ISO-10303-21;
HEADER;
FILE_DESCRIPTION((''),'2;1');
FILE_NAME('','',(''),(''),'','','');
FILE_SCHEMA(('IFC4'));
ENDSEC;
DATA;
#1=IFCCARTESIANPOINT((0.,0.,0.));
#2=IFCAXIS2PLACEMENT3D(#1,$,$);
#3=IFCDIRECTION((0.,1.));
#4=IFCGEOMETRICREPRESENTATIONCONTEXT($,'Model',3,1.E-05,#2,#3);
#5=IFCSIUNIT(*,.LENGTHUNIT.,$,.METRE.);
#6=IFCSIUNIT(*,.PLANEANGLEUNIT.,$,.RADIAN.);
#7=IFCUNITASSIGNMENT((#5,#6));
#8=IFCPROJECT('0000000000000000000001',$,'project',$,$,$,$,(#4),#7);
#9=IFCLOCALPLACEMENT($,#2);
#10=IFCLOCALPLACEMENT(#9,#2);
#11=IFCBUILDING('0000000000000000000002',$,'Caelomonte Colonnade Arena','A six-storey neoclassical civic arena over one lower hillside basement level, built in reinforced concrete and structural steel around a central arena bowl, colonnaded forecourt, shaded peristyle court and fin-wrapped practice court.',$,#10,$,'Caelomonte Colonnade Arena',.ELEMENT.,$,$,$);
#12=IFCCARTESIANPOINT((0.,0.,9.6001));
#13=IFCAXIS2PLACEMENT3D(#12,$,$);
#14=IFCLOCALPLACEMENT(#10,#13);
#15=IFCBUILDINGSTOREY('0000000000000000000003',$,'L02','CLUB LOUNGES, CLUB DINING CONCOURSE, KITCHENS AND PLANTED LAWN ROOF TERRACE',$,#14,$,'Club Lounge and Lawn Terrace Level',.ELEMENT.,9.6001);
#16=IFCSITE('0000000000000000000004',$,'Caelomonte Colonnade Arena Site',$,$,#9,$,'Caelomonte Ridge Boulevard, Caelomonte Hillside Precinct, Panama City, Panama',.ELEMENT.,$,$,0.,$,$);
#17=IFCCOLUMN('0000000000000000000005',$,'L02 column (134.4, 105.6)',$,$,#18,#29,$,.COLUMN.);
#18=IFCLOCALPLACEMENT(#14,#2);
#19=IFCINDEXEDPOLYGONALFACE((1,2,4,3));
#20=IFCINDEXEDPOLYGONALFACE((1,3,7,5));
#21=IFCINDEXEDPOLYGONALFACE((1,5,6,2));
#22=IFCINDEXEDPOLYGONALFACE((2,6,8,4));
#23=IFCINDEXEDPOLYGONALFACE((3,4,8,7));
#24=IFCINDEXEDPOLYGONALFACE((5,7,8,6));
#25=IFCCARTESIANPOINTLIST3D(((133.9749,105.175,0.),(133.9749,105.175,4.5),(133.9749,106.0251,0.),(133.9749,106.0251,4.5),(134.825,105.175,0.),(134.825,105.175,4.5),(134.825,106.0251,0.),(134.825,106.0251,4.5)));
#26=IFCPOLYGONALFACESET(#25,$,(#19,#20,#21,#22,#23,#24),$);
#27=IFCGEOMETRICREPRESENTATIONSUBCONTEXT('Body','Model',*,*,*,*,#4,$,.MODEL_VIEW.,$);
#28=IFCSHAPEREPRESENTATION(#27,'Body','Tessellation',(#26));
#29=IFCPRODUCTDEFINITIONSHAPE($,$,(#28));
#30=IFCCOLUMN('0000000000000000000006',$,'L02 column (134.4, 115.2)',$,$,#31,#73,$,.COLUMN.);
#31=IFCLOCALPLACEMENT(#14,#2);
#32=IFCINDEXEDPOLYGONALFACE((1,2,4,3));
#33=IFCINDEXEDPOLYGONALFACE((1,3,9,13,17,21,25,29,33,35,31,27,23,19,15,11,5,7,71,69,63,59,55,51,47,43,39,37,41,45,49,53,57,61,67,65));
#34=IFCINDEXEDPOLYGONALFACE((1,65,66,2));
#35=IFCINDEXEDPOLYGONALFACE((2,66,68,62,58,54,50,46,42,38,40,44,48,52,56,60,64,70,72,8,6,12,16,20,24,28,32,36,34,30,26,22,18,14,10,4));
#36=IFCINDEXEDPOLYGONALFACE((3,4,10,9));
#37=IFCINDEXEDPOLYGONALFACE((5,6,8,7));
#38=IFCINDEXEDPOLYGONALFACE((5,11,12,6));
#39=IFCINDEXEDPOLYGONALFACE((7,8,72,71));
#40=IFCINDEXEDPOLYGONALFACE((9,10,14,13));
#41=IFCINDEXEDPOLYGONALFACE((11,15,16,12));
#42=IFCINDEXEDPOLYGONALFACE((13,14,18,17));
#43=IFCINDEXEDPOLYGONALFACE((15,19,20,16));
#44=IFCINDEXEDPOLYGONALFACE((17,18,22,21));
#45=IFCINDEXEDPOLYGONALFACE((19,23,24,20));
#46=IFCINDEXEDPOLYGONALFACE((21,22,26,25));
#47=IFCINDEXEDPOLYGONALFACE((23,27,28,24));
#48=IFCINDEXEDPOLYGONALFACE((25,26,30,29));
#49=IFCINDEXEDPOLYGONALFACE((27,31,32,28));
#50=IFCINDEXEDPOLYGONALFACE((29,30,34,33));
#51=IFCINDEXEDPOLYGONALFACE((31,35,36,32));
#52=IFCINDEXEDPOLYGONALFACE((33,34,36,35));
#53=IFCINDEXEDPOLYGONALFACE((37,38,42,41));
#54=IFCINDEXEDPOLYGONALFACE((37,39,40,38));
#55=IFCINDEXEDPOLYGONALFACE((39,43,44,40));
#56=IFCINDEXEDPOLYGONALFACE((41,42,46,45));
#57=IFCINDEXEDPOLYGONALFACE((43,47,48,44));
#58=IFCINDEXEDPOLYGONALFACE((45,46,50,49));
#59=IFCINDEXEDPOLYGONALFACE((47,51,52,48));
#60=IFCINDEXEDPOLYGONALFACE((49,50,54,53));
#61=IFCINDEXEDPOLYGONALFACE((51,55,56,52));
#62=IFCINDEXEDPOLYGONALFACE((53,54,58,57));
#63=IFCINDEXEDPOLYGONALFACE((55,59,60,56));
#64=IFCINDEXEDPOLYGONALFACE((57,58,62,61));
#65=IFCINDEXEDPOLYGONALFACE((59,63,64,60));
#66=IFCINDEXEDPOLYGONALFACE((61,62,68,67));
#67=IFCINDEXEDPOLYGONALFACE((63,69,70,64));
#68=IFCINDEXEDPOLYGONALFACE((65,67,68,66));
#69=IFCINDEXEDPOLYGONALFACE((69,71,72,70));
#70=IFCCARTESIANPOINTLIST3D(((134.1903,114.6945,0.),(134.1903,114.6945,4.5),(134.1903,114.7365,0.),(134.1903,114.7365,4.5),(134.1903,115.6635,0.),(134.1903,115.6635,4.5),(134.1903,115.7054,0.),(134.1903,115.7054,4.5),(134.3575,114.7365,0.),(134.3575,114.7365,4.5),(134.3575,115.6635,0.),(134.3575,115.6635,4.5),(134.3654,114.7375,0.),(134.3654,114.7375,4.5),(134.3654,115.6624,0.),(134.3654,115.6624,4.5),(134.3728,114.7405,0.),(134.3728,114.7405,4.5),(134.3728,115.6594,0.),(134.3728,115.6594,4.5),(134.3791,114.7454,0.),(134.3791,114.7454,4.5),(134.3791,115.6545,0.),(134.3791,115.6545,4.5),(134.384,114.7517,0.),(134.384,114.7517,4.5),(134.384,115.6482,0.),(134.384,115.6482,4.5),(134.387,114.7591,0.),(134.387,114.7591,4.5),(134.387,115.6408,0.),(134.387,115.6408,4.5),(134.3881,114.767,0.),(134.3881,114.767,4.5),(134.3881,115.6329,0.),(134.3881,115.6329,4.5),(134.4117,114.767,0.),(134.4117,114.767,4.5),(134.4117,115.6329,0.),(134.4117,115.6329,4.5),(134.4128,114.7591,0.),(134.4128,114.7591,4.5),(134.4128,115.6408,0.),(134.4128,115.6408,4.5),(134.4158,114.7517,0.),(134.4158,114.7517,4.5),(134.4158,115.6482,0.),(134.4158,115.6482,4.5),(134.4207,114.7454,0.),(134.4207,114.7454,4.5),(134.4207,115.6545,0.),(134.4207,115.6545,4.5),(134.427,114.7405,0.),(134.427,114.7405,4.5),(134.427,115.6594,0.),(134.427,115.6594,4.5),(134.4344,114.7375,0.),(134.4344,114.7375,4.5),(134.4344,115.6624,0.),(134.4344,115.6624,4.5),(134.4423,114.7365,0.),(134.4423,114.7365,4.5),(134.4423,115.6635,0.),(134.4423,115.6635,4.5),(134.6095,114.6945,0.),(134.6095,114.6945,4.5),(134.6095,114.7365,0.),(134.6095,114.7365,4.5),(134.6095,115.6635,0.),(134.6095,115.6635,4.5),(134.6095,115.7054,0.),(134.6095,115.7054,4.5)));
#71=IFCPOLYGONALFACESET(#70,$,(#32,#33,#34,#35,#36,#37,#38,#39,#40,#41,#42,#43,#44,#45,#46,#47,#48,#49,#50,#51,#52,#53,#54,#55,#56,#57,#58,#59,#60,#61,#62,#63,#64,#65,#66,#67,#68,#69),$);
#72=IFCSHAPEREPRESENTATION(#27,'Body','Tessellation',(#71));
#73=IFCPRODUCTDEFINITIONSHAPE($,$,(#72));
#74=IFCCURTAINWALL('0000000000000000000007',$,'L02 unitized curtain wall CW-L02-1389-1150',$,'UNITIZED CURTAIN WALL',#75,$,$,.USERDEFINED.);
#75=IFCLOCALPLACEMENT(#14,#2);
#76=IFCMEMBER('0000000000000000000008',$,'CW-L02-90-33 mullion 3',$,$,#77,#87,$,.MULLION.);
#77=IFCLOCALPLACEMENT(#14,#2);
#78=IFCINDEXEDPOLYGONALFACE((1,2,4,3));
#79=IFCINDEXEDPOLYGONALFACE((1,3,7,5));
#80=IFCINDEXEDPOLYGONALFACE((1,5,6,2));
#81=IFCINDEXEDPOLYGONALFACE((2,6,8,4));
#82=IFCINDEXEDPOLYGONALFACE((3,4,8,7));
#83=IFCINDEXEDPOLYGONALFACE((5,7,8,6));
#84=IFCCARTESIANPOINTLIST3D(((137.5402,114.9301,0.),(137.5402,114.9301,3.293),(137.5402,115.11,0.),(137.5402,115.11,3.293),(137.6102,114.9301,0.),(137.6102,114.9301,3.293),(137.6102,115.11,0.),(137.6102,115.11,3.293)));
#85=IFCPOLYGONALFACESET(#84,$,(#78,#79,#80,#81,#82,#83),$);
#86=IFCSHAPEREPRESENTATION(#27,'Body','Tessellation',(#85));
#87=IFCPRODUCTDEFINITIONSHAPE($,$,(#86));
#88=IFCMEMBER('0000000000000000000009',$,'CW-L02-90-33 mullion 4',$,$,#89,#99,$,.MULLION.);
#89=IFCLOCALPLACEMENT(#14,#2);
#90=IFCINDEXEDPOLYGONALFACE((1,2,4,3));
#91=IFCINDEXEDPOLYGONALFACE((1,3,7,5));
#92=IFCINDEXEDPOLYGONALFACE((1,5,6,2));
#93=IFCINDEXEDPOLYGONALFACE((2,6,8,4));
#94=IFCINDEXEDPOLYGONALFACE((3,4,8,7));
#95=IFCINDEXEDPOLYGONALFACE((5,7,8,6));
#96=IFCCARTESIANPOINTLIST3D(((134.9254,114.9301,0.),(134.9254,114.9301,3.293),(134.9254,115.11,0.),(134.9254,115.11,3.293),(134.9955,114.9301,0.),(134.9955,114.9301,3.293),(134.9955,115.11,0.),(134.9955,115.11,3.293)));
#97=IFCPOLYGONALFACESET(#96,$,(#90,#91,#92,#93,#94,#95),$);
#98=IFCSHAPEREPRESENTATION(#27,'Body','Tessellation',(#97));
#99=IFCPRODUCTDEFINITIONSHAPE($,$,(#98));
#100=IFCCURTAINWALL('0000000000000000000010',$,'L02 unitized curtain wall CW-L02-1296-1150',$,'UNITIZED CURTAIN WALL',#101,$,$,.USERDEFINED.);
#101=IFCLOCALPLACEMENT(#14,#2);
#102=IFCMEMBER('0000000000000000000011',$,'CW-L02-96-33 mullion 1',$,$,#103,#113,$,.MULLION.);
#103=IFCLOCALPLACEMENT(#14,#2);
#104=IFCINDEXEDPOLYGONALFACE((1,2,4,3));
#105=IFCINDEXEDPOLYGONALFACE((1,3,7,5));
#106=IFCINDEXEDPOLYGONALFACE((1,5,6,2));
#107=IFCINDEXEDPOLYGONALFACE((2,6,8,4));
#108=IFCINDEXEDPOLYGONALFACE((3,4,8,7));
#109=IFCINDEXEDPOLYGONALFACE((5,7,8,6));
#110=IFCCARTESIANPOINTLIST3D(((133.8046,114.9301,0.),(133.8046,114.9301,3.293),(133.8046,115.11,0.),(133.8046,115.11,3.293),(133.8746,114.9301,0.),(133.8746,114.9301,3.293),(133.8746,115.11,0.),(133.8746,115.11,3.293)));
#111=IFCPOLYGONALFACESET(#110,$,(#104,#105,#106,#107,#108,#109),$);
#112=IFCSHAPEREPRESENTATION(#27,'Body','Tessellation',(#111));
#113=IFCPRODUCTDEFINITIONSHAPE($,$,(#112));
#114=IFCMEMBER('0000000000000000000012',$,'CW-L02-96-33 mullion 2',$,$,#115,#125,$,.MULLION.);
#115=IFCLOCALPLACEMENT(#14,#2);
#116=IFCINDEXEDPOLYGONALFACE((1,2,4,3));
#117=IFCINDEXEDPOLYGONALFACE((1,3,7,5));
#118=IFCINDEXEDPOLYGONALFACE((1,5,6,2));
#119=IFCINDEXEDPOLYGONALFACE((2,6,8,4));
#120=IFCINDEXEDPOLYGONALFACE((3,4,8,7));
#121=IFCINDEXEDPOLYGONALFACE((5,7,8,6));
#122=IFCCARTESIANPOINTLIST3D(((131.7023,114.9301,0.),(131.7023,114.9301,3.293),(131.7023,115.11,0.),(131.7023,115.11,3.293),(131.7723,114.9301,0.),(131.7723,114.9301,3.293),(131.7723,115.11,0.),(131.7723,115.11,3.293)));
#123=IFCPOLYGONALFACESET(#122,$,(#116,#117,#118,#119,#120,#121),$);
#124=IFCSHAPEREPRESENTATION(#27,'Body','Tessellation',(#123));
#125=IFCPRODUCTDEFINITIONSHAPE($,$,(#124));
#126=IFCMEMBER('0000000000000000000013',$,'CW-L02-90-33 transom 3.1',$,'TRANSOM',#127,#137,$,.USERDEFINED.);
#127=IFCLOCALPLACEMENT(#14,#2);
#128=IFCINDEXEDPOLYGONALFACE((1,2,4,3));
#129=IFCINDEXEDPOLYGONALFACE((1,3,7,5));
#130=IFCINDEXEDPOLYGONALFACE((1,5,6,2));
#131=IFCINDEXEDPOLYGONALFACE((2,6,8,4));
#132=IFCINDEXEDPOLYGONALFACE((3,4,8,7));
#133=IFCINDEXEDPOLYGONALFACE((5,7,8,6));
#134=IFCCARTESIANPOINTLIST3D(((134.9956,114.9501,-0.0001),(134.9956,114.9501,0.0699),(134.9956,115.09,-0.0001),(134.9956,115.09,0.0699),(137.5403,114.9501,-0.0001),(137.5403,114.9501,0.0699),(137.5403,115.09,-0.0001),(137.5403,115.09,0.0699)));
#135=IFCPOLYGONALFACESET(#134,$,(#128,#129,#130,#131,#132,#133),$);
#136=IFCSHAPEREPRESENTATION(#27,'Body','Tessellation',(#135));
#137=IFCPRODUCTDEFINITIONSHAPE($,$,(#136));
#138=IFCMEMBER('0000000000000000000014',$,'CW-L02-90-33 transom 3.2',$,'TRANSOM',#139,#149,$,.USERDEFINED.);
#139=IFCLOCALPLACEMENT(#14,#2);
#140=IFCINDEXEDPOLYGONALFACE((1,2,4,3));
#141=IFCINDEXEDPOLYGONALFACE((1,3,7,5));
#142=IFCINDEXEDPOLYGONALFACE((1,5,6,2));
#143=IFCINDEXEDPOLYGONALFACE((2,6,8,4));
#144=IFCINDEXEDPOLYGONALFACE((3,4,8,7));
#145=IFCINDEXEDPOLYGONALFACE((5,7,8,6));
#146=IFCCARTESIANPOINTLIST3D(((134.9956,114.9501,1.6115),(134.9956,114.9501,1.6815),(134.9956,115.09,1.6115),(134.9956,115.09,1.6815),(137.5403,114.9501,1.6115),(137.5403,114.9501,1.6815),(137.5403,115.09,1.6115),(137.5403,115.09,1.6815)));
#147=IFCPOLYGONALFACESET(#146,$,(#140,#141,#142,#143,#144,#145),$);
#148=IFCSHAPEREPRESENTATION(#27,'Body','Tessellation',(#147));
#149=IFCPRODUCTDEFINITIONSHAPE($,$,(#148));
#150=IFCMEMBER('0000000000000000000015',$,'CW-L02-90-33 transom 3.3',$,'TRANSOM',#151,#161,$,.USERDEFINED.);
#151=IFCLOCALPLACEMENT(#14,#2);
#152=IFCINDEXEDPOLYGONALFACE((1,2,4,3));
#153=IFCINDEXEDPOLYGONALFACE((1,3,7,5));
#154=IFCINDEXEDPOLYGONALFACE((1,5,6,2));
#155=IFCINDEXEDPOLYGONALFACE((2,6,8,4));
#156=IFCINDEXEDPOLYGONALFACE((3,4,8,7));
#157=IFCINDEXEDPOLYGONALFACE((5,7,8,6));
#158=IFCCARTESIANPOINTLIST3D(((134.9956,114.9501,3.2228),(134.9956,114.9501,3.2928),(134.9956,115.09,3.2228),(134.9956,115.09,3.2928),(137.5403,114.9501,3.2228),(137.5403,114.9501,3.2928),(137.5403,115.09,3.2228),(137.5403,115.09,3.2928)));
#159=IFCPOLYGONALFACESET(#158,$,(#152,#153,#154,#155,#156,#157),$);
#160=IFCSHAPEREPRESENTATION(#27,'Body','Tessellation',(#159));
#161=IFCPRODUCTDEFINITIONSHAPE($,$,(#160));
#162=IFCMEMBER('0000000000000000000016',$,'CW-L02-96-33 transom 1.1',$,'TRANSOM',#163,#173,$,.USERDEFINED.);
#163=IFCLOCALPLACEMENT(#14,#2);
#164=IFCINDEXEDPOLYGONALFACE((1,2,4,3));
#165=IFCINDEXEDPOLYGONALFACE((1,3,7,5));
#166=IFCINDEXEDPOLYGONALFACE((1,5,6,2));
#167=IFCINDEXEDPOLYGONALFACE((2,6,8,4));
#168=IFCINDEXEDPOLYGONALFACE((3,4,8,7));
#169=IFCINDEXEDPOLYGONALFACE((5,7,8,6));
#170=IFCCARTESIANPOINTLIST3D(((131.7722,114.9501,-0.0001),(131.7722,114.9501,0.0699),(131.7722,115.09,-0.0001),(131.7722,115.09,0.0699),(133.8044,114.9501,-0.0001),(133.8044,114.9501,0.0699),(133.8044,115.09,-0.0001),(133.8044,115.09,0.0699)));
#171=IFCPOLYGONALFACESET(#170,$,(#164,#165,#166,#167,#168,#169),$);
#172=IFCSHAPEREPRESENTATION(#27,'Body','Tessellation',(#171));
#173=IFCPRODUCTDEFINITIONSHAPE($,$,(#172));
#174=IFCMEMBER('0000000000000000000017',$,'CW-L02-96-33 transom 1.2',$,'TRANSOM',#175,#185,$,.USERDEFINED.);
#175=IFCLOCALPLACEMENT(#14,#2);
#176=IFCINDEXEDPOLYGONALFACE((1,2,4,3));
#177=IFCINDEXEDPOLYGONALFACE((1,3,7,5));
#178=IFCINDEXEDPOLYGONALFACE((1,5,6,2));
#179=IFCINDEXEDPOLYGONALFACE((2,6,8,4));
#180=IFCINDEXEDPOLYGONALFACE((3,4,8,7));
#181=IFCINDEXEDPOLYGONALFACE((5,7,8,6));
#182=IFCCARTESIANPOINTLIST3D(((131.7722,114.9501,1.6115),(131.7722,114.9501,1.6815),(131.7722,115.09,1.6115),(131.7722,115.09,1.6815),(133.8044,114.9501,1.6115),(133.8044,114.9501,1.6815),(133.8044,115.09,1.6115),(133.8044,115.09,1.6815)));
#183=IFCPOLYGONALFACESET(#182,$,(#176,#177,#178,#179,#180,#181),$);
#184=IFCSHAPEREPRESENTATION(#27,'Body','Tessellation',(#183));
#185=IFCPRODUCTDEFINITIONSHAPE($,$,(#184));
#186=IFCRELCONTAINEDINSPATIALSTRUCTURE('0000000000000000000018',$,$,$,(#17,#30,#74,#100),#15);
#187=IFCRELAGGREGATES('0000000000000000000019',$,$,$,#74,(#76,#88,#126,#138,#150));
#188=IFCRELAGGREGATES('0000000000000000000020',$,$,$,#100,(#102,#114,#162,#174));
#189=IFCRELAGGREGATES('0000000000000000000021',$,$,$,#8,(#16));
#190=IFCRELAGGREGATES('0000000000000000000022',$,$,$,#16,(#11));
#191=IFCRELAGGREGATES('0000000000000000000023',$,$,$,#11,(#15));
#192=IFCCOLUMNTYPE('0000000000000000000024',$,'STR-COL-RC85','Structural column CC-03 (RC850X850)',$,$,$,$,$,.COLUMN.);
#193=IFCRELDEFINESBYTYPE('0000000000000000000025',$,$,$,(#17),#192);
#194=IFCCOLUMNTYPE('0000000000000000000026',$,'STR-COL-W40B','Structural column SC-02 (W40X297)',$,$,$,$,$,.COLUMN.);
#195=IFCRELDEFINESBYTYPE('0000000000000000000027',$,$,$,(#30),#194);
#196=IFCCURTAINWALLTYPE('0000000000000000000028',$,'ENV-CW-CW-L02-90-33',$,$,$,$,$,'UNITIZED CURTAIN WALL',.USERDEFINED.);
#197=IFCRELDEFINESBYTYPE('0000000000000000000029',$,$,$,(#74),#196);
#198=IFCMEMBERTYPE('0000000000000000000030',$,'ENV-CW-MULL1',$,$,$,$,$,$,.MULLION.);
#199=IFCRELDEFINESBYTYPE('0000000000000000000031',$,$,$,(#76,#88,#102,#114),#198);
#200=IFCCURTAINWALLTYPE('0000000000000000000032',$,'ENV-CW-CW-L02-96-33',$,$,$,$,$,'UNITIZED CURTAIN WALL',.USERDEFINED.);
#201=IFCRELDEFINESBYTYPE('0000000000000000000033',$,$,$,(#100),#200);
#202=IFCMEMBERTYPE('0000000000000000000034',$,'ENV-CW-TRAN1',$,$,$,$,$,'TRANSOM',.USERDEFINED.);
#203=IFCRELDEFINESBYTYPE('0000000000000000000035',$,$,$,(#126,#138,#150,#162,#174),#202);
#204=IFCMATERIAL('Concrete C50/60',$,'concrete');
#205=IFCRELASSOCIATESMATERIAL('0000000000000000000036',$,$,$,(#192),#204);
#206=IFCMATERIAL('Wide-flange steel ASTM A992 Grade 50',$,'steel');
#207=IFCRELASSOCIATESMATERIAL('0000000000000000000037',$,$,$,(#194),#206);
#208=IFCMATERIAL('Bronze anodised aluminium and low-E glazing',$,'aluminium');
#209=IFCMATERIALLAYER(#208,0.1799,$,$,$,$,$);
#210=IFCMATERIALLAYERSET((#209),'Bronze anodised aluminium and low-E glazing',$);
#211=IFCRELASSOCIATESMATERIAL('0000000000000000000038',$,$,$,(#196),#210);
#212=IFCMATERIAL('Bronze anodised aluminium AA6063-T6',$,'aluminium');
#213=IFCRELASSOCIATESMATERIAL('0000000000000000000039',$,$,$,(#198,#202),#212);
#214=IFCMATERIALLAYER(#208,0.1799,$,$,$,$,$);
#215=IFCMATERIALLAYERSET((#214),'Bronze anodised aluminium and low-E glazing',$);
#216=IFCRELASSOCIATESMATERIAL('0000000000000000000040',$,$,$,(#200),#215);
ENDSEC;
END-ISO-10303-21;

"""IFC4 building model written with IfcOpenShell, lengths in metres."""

from ifc_helpers import new_model, si_unit, direction, frame, origin, origin_2d, place, context, subcontext, project, spatial, rectangle, i_section, extrude, material, layer, layer_set, material_profile, profile_set, type_object, element, aggregate, save


model = new_model("IFC4")

# Units and contexts
model_context = context("Model", 3, precision=1e-05, world=origin(), true_north=direction((0.0, 1.0)))
body_context = subcontext(model_context, "Body", "Model", "MODEL_VIEW")
ifc_project = project(units=[si_unit("LENGTHUNIT", "METRE"), si_unit("PLANEANGLEUNIT", "RADIAN")], contexts=[model_context])

# Site, building, storey
site_placement = place(None, origin())
site = spatial("IfcSite", under=ifc_project, at=site_placement, Name="Caelomonte Colonnade Arena Site", LongName="Caelomonte Ridge Boulevard, Caelomonte Hillside Precinct, Panama City, Panama", CompositionType="ELEMENT", RefElevation=0.0)
building_placement = place(site_placement, origin())
building = spatial("IfcBuilding", under=site, at=building_placement, Name="Caelomonte Colonnade Arena", Description="A six-storey neoclassical civic arena over one lower hillside basement level, built in reinforced concrete and structural steel around a central arena bowl, colonnaded forecourt, shaded peristyle court and fin-wrapped practice court.", LongName="Caelomonte Colonnade Arena", CompositionType="ELEMENT")
storey_placement = place(building_placement, frame((0.0, 0.0, 9.6001)))
storey = spatial("IfcBuildingStorey", under=building, at=storey_placement, Name="L02", Description="CLUB LOUNGES, CLUB DINING CONCOURSE, KITCHENS AND PLANTED LAWN ROOF TERRACE", LongName="Club Lounge and Lawn Terrace Level", CompositionType="ELEMENT", Elevation=9.6001)

# Columns
ifc_material_1 = material(Name="Concrete C50/60", Category="concrete")
ifc_material_profile_1 = material_profile(ifc_material_1, rectangle(XDim=0.8501, YDim=0.8501, at=origin_2d()), Name="RC850X850")
ifc_profile_set_1 = profile_set([ifc_material_profile_1], Name="Concrete C50/60")
column_type_1 = type_object("IfcColumnType", Name="STR-COL-RC85", Description="Structural column CC-03 (RC850X850)", PredefinedType="COLUMN", material=ifc_profile_set_1)
column_1_placement = place(storey_placement, frame((134.3999, 105.6001, 0.0), z_axis=(0.0, 0.0, 1.0), x_axis=(1.0, 0.0, 0.0)))
element("IfcColumn", 1, at=column_1_placement, inside=storey, type_object=column_type_1, Name="L02 column (134.4, 105.6)", PredefinedType="COLUMN", context=body_context, shape_type="SweptSolid", body=[
    extrude(rectangle(XDim=0.8501, YDim=0.8501, at=origin_2d()), origin(), (0.0, 0.0, 1.0), 4.5),
])
ifc_material_2 = material(Name="Wide-flange steel ASTM A992 Grade 50", Category="steel")
ifc_material_profile_2 = material_profile(ifc_material_2, i_section(OverallWidth=0.4192, OverallDepth=1.011, WebThickness=0.0237, FlangeThickness=0.042, FilletRadius=0.0305, at=origin_2d()), Name="W40X297")
ifc_profile_set_2 = profile_set([ifc_material_profile_2], Name="Wide-flange steel ASTM A992 Grade 50")
column_type_2 = type_object("IfcColumnType", Name="STR-COL-W40B", Description="Structural column SC-02 (W40X297)", PredefinedType="COLUMN", material=ifc_profile_set_2)
column_2_placement = place(storey_placement, frame((134.3999, 115.2, 0.0), z_axis=(0.0, 0.0, 1.0), x_axis=(1.0, 0.0, 0.0)))
element("IfcColumn", 2, at=column_2_placement, inside=storey, type_object=column_type_2, Name="L02 column (134.4, 115.2)", PredefinedType="COLUMN", context=body_context, shape_type="SweptSolid", body=[
    extrude(i_section(OverallWidth=0.4192, OverallDepth=1.011, WebThickness=0.0237, FlangeThickness=0.042, FilletRadius=0.0305, at=origin_2d()), origin(), (0.0, 0.0, 1.0), 4.5),
])

# Curtain walls, members
ifc_material_3 = material(Name="Bronze anodised aluminium and low-E glazing", Category="aluminium")
ifc_layer_1 = layer(ifc_material_3, 0.1799)
ifc_layer_set_1 = layer_set([ifc_layer_1], Name="Bronze anodised aluminium and low-E glazing")
curtain_wall_type_1 = type_object("IfcCurtainWallType", Name="ENV-CW-CW-L02-90-33", ElementType="UNITIZED CURTAIN WALL", PredefinedType="USERDEFINED", material=ifc_layer_set_1)
curtain_wall_1_placement = place(storey_placement, origin())
curtain_wall_1 = element("IfcCurtainWall", 3, at=curtain_wall_1_placement, inside=storey, type_object=curtain_wall_type_1, Name="L02 unitized curtain wall CW-L02-1389-1150", ObjectType="UNITIZED CURTAIN WALL", PredefinedType="USERDEFINED")
ifc_material_4 = material(Name="Bronze anodised aluminium AA6063-T6", Category="aluminium")
ifc_material_profile_3 = material_profile(ifc_material_4, rectangle(XDim=0.0701, YDim=0.1799, at=origin_2d()), Name="CWM-70X180")
ifc_profile_set_3 = profile_set([ifc_material_profile_3], Name="Bronze anodised aluminium AA6063-T6")
member_type_1 = type_object("IfcMemberType", Name="ENV-CW-MULL1", PredefinedType="MULLION", material=ifc_profile_set_3)
member_1_placement = place(storey_placement, frame((137.5752, 115.02, 0.0), z_axis=(0.0, 0.0, 1.0), x_axis=(-1.0, 0.0, 0.0)))
member_1 = element("IfcMember", 4, at=member_1_placement, type_object=member_type_1, Name="CW-L02-90-33 mullion 3", PredefinedType="MULLION", context=body_context, shape_type="SweptSolid", body=[
    extrude(rectangle(XDim=0.0701, YDim=0.1799, at=origin_2d()), origin(), (0.0, 0.0, 1.0), 3.293),
])
member_2_placement = place(storey_placement, frame((134.9604, 115.02, 0.0), z_axis=(0.0, 0.0, 1.0), x_axis=(-1.0, 0.0, 0.0)))
member_2 = element("IfcMember", 5, at=member_2_placement, type_object=member_type_1, Name="CW-L02-90-33 mullion 4", PredefinedType="MULLION", context=body_context, shape_type="SweptSolid", body=[
    extrude(rectangle(XDim=0.0701, YDim=0.1799, at=origin_2d()), origin(), (0.0, 0.0, 1.0), 3.293),
])
ifc_layer_2 = layer(ifc_material_3, 0.1799)
ifc_layer_set_2 = layer_set([ifc_layer_2], Name="Bronze anodised aluminium and low-E glazing")
curtain_wall_type_2 = type_object("IfcCurtainWallType", Name="ENV-CW-CW-L02-96-33", ElementType="UNITIZED CURTAIN WALL", PredefinedType="USERDEFINED", material=ifc_layer_set_2)
curtain_wall_2_placement = place(storey_placement, origin())
curtain_wall_2 = element("IfcCurtainWall", 6, at=curtain_wall_2_placement, inside=storey, type_object=curtain_wall_type_2, Name="L02 unitized curtain wall CW-L02-1296-1150", ObjectType="UNITIZED CURTAIN WALL", PredefinedType="USERDEFINED")
member_3_placement = place(storey_placement, frame((133.8396, 115.02, 0.0), z_axis=(0.0, 0.0, 1.0), x_axis=(-1.0, 0.0, 0.0)))
member_3 = element("IfcMember", 7, at=member_3_placement, type_object=member_type_1, Name="CW-L02-96-33 mullion 1", PredefinedType="MULLION", context=body_context, shape_type="SweptSolid", body=[
    extrude(rectangle(XDim=0.0701, YDim=0.1799, at=origin_2d()), origin(), (0.0, 0.0, 1.0), 3.293),
])
member_4_placement = place(storey_placement, frame((131.7373, 115.02, 0.0), z_axis=(0.0, 0.0, 1.0), x_axis=(-1.0, 0.0, 0.0)))
member_4 = element("IfcMember", 8, at=member_4_placement, type_object=member_type_1, Name="CW-L02-96-33 mullion 2", PredefinedType="MULLION", context=body_context, shape_type="SweptSolid", body=[
    extrude(rectangle(XDim=0.0701, YDim=0.1799, at=origin_2d()), origin(), (0.0, 0.0, 1.0), 3.293),
])

# Members
ifc_material_profile_4 = material_profile(ifc_material_4, rectangle(XDim=0.0701, YDim=0.1399, at=origin_2d()), Name="CWT-70X140")
ifc_profile_set_4 = profile_set([ifc_material_profile_4], Name="Bronze anodised aluminium AA6063-T6")
member_type_2 = type_object("IfcMemberType", Name="ENV-CW-TRAN1", ElementType="TRANSOM", PredefinedType="USERDEFINED", material=ifc_profile_set_4)
member_5_placement = place(storey_placement, frame((137.5403, 115.02, 0.0349), z_axis=(-1.0, 0.0, 0.0), x_axis=(0.0, 0.0, 1.0)))
member_5 = element("IfcMember", 9, at=member_5_placement, type_object=member_type_2, Name="CW-L02-90-33 transom 3.1", ObjectType="TRANSOM", PredefinedType="USERDEFINED", context=body_context, shape_type="SweptSolid", body=[
    extrude(rectangle(XDim=0.0701, YDim=0.1399, at=origin_2d()), origin(), (0.0, 0.0, 1.0), 2.5447),
])
member_6_placement = place(storey_placement, frame((137.5403, 115.02, 1.6465), z_axis=(-1.0, 0.0, 0.0), x_axis=(0.0, 0.0, 1.0)))
member_6 = element("IfcMember", 10, at=member_6_placement, type_object=member_type_2, Name="CW-L02-90-33 transom 3.2", ObjectType="TRANSOM", PredefinedType="USERDEFINED", context=body_context, shape_type="SweptSolid", body=[
    extrude(rectangle(XDim=0.0701, YDim=0.1399, at=origin_2d()), origin(), (0.0, 0.0, 1.0), 2.5447),
])
member_7_placement = place(storey_placement, frame((137.5403, 115.02, 3.2578), z_axis=(-1.0, 0.0, 0.0), x_axis=(0.0, 0.0, 1.0)))
member_7 = element("IfcMember", 11, at=member_7_placement, type_object=member_type_2, Name="CW-L02-90-33 transom 3.3", ObjectType="TRANSOM", PredefinedType="USERDEFINED", context=body_context, shape_type="SweptSolid", body=[
    extrude(rectangle(XDim=0.0701, YDim=0.1399, at=origin_2d()), origin(), (0.0, 0.0, 1.0), 2.5447),
])
member_8_placement = place(storey_placement, frame((133.8044, 115.02, 0.0349), z_axis=(-1.0, 0.0, 0.0), x_axis=(0.0, 0.0, 1.0)))
member_8 = element("IfcMember", 12, at=member_8_placement, type_object=member_type_2, Name="CW-L02-96-33 transom 1.1", ObjectType="TRANSOM", PredefinedType="USERDEFINED", context=body_context, shape_type="SweptSolid", body=[
    extrude(rectangle(XDim=0.0701, YDim=0.1399, at=origin_2d()), origin(), (0.0, 0.0, 1.0), 2.0322),
])
member_9_placement = place(storey_placement, frame((133.8044, 115.02, 1.6465), z_axis=(-1.0, 0.0, 0.0), x_axis=(0.0, 0.0, 1.0)))
member_9 = element("IfcMember", 13, at=member_9_placement, type_object=member_type_2, Name="CW-L02-96-33 transom 1.2", ObjectType="TRANSOM", PredefinedType="USERDEFINED", context=body_context, shape_type="SweptSolid", body=[
    extrude(rectangle(XDim=0.0701, YDim=0.1399, at=origin_2d()), origin(), (0.0, 0.0, 1.0), 2.0322),
])

aggregate(curtain_wall_1, [member_1, member_2, member_5, member_6, member_7])
aggregate(curtain_wall_2, [member_3, member_4, member_8, member_9])

save(model, "model.ifc")
